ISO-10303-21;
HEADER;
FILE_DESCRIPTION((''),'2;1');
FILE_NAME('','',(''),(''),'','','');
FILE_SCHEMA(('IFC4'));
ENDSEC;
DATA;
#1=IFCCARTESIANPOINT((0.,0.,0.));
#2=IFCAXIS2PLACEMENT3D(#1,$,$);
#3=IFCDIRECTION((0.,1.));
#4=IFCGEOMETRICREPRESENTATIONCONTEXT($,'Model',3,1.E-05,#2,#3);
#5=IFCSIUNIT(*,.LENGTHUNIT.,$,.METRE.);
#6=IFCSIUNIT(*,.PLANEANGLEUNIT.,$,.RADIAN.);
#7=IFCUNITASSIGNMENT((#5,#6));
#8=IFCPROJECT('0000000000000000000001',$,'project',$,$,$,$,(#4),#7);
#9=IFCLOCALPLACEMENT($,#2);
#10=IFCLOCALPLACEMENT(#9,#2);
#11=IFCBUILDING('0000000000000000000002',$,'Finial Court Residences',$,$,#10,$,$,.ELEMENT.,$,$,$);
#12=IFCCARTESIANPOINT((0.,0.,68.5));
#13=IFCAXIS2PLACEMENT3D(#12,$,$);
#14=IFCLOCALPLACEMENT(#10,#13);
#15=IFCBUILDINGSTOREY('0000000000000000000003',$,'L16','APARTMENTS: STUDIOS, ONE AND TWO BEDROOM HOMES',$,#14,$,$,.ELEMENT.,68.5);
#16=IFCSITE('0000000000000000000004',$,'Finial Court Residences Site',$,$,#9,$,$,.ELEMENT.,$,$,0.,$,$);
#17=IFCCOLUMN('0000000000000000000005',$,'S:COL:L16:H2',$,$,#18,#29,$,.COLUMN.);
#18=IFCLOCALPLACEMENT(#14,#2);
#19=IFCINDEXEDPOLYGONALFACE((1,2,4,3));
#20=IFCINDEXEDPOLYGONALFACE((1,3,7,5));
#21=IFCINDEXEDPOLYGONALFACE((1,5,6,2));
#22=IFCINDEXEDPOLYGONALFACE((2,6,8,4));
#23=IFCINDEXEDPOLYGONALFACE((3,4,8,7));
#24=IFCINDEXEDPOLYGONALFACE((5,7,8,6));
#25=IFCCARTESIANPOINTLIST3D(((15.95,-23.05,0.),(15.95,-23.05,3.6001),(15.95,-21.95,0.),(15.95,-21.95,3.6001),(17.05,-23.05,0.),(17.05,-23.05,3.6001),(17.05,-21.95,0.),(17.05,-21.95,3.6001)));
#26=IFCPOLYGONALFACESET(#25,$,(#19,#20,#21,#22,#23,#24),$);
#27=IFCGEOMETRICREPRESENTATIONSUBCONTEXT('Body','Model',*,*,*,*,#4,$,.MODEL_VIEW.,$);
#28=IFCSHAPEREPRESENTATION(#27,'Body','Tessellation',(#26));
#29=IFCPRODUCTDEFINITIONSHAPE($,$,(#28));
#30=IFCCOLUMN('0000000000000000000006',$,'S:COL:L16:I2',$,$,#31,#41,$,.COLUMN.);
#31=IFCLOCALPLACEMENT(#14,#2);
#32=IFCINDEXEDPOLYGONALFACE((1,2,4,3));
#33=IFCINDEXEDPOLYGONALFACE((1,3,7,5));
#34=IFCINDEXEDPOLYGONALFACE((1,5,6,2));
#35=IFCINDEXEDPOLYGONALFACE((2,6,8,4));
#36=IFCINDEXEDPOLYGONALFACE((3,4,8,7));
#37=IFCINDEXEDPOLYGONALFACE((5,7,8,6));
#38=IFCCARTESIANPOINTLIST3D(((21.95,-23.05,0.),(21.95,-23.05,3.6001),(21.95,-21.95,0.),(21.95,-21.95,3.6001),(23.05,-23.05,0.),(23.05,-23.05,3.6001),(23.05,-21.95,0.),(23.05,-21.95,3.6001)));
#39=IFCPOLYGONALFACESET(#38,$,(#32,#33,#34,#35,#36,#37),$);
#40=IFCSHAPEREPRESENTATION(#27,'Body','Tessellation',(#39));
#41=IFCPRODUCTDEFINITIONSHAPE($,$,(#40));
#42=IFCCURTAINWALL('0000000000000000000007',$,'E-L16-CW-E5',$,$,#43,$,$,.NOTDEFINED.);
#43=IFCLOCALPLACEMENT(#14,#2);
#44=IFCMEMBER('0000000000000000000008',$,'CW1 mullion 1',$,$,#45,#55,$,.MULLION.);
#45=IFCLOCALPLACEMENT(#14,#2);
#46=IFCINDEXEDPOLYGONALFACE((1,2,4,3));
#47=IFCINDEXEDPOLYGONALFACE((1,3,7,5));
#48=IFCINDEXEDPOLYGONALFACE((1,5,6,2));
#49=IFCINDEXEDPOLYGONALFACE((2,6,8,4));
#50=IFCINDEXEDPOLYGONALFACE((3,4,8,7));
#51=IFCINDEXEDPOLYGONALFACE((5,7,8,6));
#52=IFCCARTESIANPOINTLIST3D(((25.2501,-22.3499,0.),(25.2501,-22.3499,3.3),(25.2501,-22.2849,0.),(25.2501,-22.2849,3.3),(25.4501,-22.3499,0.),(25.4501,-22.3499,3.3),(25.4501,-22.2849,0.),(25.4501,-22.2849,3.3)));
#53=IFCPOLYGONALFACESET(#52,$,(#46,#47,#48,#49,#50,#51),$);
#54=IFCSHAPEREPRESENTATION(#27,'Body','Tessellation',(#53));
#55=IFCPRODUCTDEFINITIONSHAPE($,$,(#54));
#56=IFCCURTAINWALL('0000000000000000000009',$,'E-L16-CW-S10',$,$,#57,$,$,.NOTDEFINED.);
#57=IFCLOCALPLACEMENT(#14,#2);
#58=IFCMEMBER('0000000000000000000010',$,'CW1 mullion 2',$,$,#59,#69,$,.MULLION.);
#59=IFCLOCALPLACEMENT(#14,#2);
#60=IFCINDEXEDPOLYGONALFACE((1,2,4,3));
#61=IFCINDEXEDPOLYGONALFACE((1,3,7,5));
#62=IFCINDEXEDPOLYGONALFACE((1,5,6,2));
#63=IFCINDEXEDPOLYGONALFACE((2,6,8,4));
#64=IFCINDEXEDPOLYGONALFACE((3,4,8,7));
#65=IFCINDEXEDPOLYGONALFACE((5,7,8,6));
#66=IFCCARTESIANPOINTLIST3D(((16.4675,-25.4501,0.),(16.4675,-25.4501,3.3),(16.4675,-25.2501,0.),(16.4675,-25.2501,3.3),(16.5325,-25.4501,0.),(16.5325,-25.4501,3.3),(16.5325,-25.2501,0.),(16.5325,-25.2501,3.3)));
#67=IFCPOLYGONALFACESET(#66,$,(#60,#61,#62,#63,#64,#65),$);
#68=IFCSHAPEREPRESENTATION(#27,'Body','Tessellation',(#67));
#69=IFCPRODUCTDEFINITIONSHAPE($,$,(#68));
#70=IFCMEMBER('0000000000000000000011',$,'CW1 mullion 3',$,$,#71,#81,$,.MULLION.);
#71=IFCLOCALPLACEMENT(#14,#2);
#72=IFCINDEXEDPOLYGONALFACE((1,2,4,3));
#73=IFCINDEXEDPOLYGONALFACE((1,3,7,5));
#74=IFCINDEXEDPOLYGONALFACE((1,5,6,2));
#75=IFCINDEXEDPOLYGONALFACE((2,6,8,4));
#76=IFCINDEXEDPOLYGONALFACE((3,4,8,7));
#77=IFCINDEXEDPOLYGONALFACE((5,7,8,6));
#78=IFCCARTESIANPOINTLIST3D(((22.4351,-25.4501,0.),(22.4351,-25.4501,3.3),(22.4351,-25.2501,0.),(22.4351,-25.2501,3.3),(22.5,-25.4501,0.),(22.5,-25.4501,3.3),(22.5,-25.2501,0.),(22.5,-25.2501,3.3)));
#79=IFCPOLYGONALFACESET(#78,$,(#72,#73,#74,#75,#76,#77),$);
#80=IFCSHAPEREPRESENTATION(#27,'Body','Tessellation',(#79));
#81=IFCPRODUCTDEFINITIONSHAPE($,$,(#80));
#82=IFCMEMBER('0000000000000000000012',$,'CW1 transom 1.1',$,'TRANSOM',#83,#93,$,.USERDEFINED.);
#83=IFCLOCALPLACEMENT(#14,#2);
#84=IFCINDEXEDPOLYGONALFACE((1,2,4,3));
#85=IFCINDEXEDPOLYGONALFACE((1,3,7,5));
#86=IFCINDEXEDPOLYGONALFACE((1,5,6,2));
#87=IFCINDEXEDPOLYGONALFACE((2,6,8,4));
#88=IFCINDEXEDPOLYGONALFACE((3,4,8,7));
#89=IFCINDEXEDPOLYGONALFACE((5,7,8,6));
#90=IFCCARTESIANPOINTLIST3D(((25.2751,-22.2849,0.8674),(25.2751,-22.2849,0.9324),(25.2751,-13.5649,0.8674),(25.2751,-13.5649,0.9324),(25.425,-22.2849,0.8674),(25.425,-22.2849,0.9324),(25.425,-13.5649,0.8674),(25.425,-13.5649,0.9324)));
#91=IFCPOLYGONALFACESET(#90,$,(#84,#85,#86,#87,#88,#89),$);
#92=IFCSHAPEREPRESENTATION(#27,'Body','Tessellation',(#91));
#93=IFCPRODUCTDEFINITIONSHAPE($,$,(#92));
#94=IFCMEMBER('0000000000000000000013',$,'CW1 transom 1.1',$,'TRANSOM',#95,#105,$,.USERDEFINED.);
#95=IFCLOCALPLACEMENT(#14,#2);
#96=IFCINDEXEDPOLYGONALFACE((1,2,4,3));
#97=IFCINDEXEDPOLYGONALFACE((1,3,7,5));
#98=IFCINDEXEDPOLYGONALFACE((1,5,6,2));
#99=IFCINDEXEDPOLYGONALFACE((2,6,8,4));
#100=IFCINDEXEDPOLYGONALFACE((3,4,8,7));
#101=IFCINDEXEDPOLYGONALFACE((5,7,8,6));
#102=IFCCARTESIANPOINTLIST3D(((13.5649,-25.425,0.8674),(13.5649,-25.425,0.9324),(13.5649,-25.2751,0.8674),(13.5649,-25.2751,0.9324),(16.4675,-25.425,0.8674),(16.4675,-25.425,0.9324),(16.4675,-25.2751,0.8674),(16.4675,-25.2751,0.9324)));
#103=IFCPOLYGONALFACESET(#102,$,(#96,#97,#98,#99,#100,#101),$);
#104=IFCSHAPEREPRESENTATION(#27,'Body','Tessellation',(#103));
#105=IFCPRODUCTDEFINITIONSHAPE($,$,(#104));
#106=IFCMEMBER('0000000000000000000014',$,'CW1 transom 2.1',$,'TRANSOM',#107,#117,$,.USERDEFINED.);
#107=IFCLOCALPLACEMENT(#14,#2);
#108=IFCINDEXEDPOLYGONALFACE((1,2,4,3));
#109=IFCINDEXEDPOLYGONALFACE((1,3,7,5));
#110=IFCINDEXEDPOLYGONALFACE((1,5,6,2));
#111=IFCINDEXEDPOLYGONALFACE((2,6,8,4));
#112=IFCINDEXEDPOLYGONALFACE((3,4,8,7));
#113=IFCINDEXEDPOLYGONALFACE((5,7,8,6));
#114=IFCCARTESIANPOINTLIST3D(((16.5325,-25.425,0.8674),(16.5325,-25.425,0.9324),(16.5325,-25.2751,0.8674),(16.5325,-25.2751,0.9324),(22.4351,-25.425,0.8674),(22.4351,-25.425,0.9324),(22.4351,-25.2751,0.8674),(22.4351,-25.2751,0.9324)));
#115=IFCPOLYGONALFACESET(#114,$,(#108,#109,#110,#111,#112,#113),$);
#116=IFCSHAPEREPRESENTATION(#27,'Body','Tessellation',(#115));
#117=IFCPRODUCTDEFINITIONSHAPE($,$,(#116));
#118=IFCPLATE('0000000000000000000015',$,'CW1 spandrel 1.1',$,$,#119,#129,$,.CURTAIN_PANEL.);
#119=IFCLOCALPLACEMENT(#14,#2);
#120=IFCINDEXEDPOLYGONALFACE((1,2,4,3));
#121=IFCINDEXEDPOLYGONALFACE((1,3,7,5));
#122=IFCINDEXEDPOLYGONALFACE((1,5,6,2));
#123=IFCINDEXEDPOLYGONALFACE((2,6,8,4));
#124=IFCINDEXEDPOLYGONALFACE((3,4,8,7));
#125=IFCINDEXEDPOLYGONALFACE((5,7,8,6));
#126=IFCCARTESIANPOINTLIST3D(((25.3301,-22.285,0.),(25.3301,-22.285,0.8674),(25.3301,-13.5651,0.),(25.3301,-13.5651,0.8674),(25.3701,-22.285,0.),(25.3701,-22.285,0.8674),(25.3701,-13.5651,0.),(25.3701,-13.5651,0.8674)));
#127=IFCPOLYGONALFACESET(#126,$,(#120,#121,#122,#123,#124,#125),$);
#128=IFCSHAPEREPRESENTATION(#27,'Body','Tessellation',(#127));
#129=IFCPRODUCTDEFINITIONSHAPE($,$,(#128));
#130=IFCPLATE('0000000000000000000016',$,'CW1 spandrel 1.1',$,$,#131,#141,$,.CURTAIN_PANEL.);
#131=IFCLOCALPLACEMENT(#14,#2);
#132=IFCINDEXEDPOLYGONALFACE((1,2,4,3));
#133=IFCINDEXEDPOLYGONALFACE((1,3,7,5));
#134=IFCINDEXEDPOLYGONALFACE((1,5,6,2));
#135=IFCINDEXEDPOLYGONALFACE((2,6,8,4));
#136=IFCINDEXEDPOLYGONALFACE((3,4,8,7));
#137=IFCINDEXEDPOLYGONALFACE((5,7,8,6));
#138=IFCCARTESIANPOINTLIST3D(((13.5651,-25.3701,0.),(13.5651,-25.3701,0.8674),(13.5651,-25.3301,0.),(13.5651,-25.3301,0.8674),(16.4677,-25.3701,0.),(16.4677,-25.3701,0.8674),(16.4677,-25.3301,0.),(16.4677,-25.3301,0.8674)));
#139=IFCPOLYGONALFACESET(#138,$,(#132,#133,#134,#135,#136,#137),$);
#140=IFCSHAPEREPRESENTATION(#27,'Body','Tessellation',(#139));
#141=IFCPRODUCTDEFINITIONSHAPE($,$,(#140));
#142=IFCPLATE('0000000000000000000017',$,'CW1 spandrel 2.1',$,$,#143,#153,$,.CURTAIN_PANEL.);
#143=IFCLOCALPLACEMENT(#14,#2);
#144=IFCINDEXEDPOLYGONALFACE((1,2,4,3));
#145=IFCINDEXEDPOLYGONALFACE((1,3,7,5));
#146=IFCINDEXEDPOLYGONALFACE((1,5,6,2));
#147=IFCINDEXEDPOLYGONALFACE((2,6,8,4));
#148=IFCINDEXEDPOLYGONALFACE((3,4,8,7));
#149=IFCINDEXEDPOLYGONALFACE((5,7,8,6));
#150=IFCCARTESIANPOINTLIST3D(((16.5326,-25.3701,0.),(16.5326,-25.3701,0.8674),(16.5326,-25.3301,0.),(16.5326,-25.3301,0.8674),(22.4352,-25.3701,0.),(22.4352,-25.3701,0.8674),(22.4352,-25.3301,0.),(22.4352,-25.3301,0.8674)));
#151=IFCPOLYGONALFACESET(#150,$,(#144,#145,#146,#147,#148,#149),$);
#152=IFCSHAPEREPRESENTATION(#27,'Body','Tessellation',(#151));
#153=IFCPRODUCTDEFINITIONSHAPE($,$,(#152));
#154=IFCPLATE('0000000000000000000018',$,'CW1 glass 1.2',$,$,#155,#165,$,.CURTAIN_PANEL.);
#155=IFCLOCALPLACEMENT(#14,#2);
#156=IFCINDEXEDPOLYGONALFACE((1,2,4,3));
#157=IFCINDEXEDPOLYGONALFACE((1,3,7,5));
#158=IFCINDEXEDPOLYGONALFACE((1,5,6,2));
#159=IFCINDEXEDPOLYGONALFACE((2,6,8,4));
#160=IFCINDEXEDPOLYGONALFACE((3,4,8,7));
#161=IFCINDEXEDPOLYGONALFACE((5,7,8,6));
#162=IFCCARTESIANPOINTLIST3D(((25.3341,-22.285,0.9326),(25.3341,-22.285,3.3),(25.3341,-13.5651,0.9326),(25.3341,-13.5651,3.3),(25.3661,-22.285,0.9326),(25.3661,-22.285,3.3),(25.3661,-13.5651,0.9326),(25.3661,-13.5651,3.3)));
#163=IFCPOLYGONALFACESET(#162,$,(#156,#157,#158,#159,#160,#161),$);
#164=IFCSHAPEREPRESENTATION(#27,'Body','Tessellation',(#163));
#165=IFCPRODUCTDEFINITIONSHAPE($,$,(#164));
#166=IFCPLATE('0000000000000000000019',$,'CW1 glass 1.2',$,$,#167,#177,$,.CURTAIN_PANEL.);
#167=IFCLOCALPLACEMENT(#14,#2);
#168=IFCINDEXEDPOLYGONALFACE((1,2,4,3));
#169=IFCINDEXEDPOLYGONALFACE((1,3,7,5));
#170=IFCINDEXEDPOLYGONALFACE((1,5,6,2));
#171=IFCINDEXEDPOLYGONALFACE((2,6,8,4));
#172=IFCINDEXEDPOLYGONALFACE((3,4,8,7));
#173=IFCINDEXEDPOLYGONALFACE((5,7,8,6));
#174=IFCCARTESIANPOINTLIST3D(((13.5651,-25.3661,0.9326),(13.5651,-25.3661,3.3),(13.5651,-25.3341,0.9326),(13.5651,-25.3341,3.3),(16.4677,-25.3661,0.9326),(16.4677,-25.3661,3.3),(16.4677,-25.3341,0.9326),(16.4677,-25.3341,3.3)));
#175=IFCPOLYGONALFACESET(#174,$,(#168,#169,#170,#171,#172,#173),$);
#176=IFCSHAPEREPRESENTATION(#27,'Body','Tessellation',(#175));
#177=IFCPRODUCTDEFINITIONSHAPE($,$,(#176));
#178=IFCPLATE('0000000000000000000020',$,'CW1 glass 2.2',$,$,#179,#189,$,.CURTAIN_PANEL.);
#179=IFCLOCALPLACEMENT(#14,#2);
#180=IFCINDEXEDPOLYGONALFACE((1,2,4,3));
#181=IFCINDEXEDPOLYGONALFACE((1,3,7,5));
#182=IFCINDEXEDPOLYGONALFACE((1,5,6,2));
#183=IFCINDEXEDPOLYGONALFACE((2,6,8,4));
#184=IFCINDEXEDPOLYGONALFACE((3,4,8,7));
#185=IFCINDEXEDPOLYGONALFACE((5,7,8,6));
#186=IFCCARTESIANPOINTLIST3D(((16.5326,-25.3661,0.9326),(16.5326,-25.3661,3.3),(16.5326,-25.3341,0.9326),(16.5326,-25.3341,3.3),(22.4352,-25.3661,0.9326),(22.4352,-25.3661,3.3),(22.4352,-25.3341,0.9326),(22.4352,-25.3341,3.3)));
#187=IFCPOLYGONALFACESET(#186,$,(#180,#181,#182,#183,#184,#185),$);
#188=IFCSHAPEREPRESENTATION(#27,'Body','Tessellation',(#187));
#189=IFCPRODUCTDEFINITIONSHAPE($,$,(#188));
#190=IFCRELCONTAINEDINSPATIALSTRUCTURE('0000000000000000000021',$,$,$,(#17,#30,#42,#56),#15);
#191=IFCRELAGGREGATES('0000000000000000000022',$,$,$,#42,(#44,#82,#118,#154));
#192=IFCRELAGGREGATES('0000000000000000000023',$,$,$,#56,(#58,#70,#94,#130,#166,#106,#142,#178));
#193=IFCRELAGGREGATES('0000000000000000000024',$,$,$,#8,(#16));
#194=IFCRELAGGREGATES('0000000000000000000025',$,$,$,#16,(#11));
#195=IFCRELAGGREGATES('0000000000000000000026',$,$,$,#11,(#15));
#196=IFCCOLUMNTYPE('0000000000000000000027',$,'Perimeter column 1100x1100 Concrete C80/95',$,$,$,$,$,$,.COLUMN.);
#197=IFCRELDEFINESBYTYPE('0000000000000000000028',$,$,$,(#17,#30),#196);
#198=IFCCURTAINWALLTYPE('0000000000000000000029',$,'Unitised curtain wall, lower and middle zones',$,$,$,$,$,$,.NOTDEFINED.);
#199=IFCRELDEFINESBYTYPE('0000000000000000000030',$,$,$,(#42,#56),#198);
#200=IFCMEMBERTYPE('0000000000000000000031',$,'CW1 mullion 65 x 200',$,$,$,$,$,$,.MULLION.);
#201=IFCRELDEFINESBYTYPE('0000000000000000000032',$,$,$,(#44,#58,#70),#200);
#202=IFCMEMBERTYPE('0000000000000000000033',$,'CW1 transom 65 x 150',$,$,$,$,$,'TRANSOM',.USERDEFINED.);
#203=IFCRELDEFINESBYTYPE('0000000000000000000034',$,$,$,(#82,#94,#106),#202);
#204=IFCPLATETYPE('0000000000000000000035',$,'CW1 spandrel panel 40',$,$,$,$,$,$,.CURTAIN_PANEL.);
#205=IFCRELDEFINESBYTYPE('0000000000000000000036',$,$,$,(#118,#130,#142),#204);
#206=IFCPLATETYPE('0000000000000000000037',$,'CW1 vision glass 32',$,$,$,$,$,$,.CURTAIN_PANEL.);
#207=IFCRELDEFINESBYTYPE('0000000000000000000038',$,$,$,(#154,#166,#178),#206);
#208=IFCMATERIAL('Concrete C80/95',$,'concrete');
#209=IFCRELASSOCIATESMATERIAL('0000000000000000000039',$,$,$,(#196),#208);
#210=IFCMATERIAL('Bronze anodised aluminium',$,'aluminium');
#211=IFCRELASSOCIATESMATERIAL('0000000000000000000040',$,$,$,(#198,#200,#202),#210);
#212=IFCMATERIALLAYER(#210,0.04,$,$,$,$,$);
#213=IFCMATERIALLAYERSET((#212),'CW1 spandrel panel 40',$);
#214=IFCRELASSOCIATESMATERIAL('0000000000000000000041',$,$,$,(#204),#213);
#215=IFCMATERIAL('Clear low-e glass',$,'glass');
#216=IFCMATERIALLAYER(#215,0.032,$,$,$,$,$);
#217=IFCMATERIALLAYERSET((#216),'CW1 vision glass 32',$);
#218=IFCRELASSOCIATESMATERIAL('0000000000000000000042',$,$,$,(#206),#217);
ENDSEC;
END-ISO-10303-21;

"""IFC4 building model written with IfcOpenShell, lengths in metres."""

from ifc_helpers import new_model, si_unit, direction, frame, origin, origin_2d, place, context, subcontext, project, spatial, rectangle, extrude, material, layer, layer_set, material_profile, profile_set, type_object, element, aggregate, save


model = new_model("IFC4")

# Units and contexts
model_context = context("Model", 3, precision=1e-05, world=origin(), true_north=direction((0.0, 1.0)))
body_context = subcontext(model_context, "Body", "Model", "MODEL_VIEW")
ifc_project = project(units=[si_unit("LENGTHUNIT", "METRE"), si_unit("PLANEANGLEUNIT", "RADIAN")], contexts=[model_context])

# Site, building, storey
site_placement = place(None, origin())
site = spatial("IfcSite", under=ifc_project, at=site_placement, Name="Finial Court Residences Site", CompositionType="ELEMENT", RefElevation=0.0)
building_placement = place(site_placement, origin())
building = spatial("IfcBuilding", under=site, at=building_placement, Name="Finial Court Residences", CompositionType="ELEMENT")
storey_placement = place(building_placement, frame((0.0, 0.0, 68.5)))
storey = spatial("IfcBuildingStorey", under=building, at=storey_placement, Name="L16", Description="APARTMENTS: STUDIOS, ONE AND TWO BEDROOM HOMES", CompositionType="ELEMENT", Elevation=68.5)

# Columns
ifc_material_1 = material(Name="Concrete C80/95", Category="concrete")
ifc_material_profile_1 = material_profile(ifc_material_1, rectangle(XDim=1.1001, YDim=1.1001, at=origin_2d()), Name="1100x1100")
ifc_profile_set_1 = profile_set([ifc_material_profile_1], Name="Concrete C80/95")
column_type = type_object("IfcColumnType", Name="Perimeter column 1100x1100 Concrete C80/95", PredefinedType="COLUMN", material=ifc_profile_set_1)
for number, where, z_axis, x_axis, name in (
    (1, (16.5, -22.5, 0.0), (0.0, 0.0, 1.0), (1.0, 0.0, 0.0), "S:COL:L16:H2"),
    (2, (22.5, -22.5, 0.0), (0.0, 0.0, 1.0), (1.0, 0.0, 0.0), "S:COL:L16:I2"),
):
    element("IfcColumn", number, at=place(storey_placement, frame(where, z_axis=z_axis, x_axis=x_axis)), inside=storey, type_object=column_type, Name=name, PredefinedType="COLUMN", context=body_context, shape_type="SweptSolid", body=[
        extrude(rectangle(XDim=1.1001, YDim=1.1001, at=origin_2d()), origin(), (0.0, 0.0, 1.0), 3.6001),
    ])

# Curtain wall, member
ifc_material_2 = material(Name="Bronze anodised aluminium", Category="aluminium")
curtain_wall_type = type_object("IfcCurtainWallType", Name="Unitised curtain wall, lower and middle zones", PredefinedType="NOTDEFINED", material=ifc_material_2)
curtain_wall_1_placement = place(storey_placement, origin())
curtain_wall_1 = element("IfcCurtainWall", 3, at=curtain_wall_1_placement, inside=storey, type_object=curtain_wall_type, Name="E-L16-CW-E5", PredefinedType="NOTDEFINED")
ifc_material_profile_2 = material_profile(ifc_material_2, rectangle(XDim=0.2, YDim=0.0649, at=origin_2d()), Name="CW1 mullion 65 x 200")
ifc_profile_set_2 = profile_set([ifc_material_profile_2], Name="Bronze anodised aluminium")
member_type_1 = type_object("IfcMemberType", Name="CW1 mullion 65 x 200", PredefinedType="MULLION", material=ifc_profile_set_2)
member_1_placement = place(storey_placement, frame((25.3501, -22.3174, 0.0), z_axis=(0.0, 0.0, 1.0), x_axis=(-1.0, 0.0, 0.0)))
member_1 = element("IfcMember", 4, at=member_1_placement, type_object=member_type_1, Name="CW1 mullion 1", PredefinedType="MULLION", context=body_context, shape_type="SweptSolid", body=[
    extrude(rectangle(XDim=0.2, YDim=0.0649, at=origin_2d()), origin(), (0.0, 0.0, 1.0), 3.3),
])

# Curtain wall, members
curtain_wall_2_placement = place(storey_placement, origin())
curtain_wall_2 = element("IfcCurtainWall", 5, at=curtain_wall_2_placement, inside=storey, type_object=curtain_wall_type, Name="E-L16-CW-S10", PredefinedType="NOTDEFINED")
member_2_placement = place(storey_placement, frame((16.5, -25.3501, 0.0), z_axis=(0.0, 0.0, 1.0), x_axis=(0.0, 1.0, 0.0)))
member_2 = element("IfcMember", 6, at=member_2_placement, type_object=member_type_1, Name="CW1 mullion 2", PredefinedType="MULLION", context=body_context, shape_type="SweptSolid", body=[
    extrude(rectangle(XDim=0.2, YDim=0.0649, at=origin_2d()), origin(), (0.0, 0.0, 1.0), 3.3),
])
member_3_placement = place(storey_placement, frame((22.4675, -25.3501, 0.0), z_axis=(0.0, 0.0, 1.0), x_axis=(0.0, 1.0, 0.0)))
member_3 = element("IfcMember", 7, at=member_3_placement, type_object=member_type_1, Name="CW1 mullion 3", PredefinedType="MULLION", context=body_context, shape_type="SweptSolid", body=[
    extrude(rectangle(XDim=0.2, YDim=0.0649, at=origin_2d()), origin(), (0.0, 0.0, 1.0), 3.3),
])

# Members
ifc_material_profile_3 = material_profile(ifc_material_2, rectangle(XDim=0.1499, YDim=0.0649, at=origin_2d()), Name="CW1 transom 65 x 150")
ifc_profile_set_3 = profile_set([ifc_material_profile_3], Name="Bronze anodised aluminium")
member_type_2 = type_object("IfcMemberType", Name="CW1 transom 65 x 150", ElementType="TRANSOM", PredefinedType="USERDEFINED", material=ifc_profile_set_3)
member_4_placement = place(storey_placement, frame((25.3501, -22.2849, 0.8999), z_axis=(0.0, 1.0, 0.0), x_axis=(-1.0, 0.0, 0.0)))
member_4 = element("IfcMember", 8, at=member_4_placement, type_object=member_type_2, Name="CW1 transom 1.1", ObjectType="TRANSOM", PredefinedType="USERDEFINED", context=body_context, shape_type="SweptSolid", body=[
    extrude(rectangle(XDim=0.1499, YDim=0.0649, at=origin_2d()), origin(), (0.0, 0.0, 1.0), 8.72),
])
member_5_placement = place(storey_placement, frame((13.5649, -25.3501, 0.8999), z_axis=(1.0, 0.0, 0.0), x_axis=(0.0, 1.0, 0.0)))
member_5 = element("IfcMember", 9, at=member_5_placement, type_object=member_type_2, Name="CW1 transom 1.1", ObjectType="TRANSOM", PredefinedType="USERDEFINED", context=body_context, shape_type="SweptSolid", body=[
    extrude(rectangle(XDim=0.1499, YDim=0.0649, at=origin_2d()), origin(), (0.0, 0.0, 1.0), 2.9026),
])
member_6_placement = place(storey_placement, frame((16.5325, -25.3501, 0.8999), z_axis=(1.0, 0.0, 0.0), x_axis=(0.0, 1.0, 0.0)))
member_6 = element("IfcMember", 10, at=member_6_placement, type_object=member_type_2, Name="CW1 transom 2.1", ObjectType="TRANSOM", PredefinedType="USERDEFINED", context=body_context, shape_type="SweptSolid", body=[
    extrude(rectangle(XDim=0.1499, YDim=0.0649, at=origin_2d()), origin(), (0.0, 0.0, 1.0), 5.9026),
])

# Plates
ifc_layer_1 = layer(ifc_material_2, 0.04)
ifc_layer_set_1 = layer_set([ifc_layer_1], Name="CW1 spandrel panel 40")
plate_type_1 = type_object("IfcPlateType", Name="CW1 spandrel panel 40", PredefinedType="CURTAIN_PANEL", material=ifc_layer_set_1)
plate_1_placement = place(storey_placement, frame((25.3501, -17.925, 0.0), z_axis=(0.0, 0.0, 1.0), x_axis=(0.0, 1.0, 0.0)))
plate_1 = element("IfcPlate", 11, at=plate_1_placement, type_object=plate_type_1, Name="CW1 spandrel 1.1", PredefinedType="CURTAIN_PANEL", context=body_context, shape_type="SweptSolid", body=[
    extrude(rectangle(XDim=8.72, YDim=0.04, at=origin_2d()), origin(), (0.0, 0.0, 1.0), 0.8674),
])
plate_2_placement = place(storey_placement, frame((15.0164, -25.3501, 0.0), z_axis=(0.0, 0.0, 1.0), x_axis=(1.0, 0.0, 0.0)))
plate_2 = element("IfcPlate", 12, at=plate_2_placement, type_object=plate_type_1, Name="CW1 spandrel 1.1", PredefinedType="CURTAIN_PANEL", context=body_context, shape_type="SweptSolid", body=[
    extrude(rectangle(XDim=2.9026, YDim=0.04, at=origin_2d()), origin(), (0.0, 0.0, 1.0), 0.8674),
])
plate_3_placement = place(storey_placement, frame((19.4839, -25.3501, 0.0), z_axis=(0.0, 0.0, 1.0), x_axis=(1.0, 0.0, 0.0)))
plate_3 = element("IfcPlate", 13, at=plate_3_placement, type_object=plate_type_1, Name="CW1 spandrel 2.1", PredefinedType="CURTAIN_PANEL", context=body_context, shape_type="SweptSolid", body=[
    extrude(rectangle(XDim=5.9026, YDim=0.04, at=origin_2d()), origin(), (0.0, 0.0, 1.0), 0.8674),
])
ifc_material_3 = material(Name="Clear low-e glass", Category="glass")
ifc_layer_2 = layer(ifc_material_3, 0.032)
ifc_layer_set_2 = layer_set([ifc_layer_2], Name="CW1 vision glass 32")
plate_type_2 = type_object("IfcPlateType", Name="CW1 vision glass 32", PredefinedType="CURTAIN_PANEL", material=ifc_layer_set_2)
plate_4_placement = place(storey_placement, frame((25.3501, -17.925, 0.9326), z_axis=(0.0, 0.0, 1.0), x_axis=(0.0, 1.0, 0.0)))
plate_4 = element("IfcPlate", 14, at=plate_4_placement, type_object=plate_type_2, Name="CW1 glass 1.2", PredefinedType="CURTAIN_PANEL", context=body_context, shape_type="SweptSolid", body=[
    extrude(rectangle(XDim=8.72, YDim=0.032, at=origin_2d()), origin(), (0.0, 0.0, 1.0), 2.3674),
])
aggregate(curtain_wall_1, [member_1, member_4, plate_1, plate_4])
plate_5_placement = place(storey_placement, frame((15.0164, -25.3501, 0.9326), z_axis=(0.0, 0.0, 1.0), x_axis=(1.0, 0.0, 0.0)))
plate_5 = element("IfcPlate", 15, at=plate_5_placement, type_object=plate_type_2, Name="CW1 glass 1.2", PredefinedType="CURTAIN_PANEL", context=body_context, shape_type="SweptSolid", body=[
    extrude(rectangle(XDim=2.9026, YDim=0.032, at=origin_2d()), origin(), (0.0, 0.0, 1.0), 2.3674),
])
plate_6_placement = place(storey_placement, frame((19.4839, -25.3501, 0.9326), z_axis=(0.0, 0.0, 1.0), x_axis=(1.0, 0.0, 0.0)))
plate_6 = element("IfcPlate", 16, at=plate_6_placement, type_object=plate_type_2, Name="CW1 glass 2.2", PredefinedType="CURTAIN_PANEL", context=body_context, shape_type="SweptSolid", body=[
    extrude(rectangle(XDim=5.9026, YDim=0.032, at=origin_2d()), origin(), (0.0, 0.0, 1.0), 2.3674),
])
aggregate(curtain_wall_2, [member_2, member_3, member_5, plate_2, plate_5, member_6, plate_3, plate_6])

save(model, "model.ifc")
